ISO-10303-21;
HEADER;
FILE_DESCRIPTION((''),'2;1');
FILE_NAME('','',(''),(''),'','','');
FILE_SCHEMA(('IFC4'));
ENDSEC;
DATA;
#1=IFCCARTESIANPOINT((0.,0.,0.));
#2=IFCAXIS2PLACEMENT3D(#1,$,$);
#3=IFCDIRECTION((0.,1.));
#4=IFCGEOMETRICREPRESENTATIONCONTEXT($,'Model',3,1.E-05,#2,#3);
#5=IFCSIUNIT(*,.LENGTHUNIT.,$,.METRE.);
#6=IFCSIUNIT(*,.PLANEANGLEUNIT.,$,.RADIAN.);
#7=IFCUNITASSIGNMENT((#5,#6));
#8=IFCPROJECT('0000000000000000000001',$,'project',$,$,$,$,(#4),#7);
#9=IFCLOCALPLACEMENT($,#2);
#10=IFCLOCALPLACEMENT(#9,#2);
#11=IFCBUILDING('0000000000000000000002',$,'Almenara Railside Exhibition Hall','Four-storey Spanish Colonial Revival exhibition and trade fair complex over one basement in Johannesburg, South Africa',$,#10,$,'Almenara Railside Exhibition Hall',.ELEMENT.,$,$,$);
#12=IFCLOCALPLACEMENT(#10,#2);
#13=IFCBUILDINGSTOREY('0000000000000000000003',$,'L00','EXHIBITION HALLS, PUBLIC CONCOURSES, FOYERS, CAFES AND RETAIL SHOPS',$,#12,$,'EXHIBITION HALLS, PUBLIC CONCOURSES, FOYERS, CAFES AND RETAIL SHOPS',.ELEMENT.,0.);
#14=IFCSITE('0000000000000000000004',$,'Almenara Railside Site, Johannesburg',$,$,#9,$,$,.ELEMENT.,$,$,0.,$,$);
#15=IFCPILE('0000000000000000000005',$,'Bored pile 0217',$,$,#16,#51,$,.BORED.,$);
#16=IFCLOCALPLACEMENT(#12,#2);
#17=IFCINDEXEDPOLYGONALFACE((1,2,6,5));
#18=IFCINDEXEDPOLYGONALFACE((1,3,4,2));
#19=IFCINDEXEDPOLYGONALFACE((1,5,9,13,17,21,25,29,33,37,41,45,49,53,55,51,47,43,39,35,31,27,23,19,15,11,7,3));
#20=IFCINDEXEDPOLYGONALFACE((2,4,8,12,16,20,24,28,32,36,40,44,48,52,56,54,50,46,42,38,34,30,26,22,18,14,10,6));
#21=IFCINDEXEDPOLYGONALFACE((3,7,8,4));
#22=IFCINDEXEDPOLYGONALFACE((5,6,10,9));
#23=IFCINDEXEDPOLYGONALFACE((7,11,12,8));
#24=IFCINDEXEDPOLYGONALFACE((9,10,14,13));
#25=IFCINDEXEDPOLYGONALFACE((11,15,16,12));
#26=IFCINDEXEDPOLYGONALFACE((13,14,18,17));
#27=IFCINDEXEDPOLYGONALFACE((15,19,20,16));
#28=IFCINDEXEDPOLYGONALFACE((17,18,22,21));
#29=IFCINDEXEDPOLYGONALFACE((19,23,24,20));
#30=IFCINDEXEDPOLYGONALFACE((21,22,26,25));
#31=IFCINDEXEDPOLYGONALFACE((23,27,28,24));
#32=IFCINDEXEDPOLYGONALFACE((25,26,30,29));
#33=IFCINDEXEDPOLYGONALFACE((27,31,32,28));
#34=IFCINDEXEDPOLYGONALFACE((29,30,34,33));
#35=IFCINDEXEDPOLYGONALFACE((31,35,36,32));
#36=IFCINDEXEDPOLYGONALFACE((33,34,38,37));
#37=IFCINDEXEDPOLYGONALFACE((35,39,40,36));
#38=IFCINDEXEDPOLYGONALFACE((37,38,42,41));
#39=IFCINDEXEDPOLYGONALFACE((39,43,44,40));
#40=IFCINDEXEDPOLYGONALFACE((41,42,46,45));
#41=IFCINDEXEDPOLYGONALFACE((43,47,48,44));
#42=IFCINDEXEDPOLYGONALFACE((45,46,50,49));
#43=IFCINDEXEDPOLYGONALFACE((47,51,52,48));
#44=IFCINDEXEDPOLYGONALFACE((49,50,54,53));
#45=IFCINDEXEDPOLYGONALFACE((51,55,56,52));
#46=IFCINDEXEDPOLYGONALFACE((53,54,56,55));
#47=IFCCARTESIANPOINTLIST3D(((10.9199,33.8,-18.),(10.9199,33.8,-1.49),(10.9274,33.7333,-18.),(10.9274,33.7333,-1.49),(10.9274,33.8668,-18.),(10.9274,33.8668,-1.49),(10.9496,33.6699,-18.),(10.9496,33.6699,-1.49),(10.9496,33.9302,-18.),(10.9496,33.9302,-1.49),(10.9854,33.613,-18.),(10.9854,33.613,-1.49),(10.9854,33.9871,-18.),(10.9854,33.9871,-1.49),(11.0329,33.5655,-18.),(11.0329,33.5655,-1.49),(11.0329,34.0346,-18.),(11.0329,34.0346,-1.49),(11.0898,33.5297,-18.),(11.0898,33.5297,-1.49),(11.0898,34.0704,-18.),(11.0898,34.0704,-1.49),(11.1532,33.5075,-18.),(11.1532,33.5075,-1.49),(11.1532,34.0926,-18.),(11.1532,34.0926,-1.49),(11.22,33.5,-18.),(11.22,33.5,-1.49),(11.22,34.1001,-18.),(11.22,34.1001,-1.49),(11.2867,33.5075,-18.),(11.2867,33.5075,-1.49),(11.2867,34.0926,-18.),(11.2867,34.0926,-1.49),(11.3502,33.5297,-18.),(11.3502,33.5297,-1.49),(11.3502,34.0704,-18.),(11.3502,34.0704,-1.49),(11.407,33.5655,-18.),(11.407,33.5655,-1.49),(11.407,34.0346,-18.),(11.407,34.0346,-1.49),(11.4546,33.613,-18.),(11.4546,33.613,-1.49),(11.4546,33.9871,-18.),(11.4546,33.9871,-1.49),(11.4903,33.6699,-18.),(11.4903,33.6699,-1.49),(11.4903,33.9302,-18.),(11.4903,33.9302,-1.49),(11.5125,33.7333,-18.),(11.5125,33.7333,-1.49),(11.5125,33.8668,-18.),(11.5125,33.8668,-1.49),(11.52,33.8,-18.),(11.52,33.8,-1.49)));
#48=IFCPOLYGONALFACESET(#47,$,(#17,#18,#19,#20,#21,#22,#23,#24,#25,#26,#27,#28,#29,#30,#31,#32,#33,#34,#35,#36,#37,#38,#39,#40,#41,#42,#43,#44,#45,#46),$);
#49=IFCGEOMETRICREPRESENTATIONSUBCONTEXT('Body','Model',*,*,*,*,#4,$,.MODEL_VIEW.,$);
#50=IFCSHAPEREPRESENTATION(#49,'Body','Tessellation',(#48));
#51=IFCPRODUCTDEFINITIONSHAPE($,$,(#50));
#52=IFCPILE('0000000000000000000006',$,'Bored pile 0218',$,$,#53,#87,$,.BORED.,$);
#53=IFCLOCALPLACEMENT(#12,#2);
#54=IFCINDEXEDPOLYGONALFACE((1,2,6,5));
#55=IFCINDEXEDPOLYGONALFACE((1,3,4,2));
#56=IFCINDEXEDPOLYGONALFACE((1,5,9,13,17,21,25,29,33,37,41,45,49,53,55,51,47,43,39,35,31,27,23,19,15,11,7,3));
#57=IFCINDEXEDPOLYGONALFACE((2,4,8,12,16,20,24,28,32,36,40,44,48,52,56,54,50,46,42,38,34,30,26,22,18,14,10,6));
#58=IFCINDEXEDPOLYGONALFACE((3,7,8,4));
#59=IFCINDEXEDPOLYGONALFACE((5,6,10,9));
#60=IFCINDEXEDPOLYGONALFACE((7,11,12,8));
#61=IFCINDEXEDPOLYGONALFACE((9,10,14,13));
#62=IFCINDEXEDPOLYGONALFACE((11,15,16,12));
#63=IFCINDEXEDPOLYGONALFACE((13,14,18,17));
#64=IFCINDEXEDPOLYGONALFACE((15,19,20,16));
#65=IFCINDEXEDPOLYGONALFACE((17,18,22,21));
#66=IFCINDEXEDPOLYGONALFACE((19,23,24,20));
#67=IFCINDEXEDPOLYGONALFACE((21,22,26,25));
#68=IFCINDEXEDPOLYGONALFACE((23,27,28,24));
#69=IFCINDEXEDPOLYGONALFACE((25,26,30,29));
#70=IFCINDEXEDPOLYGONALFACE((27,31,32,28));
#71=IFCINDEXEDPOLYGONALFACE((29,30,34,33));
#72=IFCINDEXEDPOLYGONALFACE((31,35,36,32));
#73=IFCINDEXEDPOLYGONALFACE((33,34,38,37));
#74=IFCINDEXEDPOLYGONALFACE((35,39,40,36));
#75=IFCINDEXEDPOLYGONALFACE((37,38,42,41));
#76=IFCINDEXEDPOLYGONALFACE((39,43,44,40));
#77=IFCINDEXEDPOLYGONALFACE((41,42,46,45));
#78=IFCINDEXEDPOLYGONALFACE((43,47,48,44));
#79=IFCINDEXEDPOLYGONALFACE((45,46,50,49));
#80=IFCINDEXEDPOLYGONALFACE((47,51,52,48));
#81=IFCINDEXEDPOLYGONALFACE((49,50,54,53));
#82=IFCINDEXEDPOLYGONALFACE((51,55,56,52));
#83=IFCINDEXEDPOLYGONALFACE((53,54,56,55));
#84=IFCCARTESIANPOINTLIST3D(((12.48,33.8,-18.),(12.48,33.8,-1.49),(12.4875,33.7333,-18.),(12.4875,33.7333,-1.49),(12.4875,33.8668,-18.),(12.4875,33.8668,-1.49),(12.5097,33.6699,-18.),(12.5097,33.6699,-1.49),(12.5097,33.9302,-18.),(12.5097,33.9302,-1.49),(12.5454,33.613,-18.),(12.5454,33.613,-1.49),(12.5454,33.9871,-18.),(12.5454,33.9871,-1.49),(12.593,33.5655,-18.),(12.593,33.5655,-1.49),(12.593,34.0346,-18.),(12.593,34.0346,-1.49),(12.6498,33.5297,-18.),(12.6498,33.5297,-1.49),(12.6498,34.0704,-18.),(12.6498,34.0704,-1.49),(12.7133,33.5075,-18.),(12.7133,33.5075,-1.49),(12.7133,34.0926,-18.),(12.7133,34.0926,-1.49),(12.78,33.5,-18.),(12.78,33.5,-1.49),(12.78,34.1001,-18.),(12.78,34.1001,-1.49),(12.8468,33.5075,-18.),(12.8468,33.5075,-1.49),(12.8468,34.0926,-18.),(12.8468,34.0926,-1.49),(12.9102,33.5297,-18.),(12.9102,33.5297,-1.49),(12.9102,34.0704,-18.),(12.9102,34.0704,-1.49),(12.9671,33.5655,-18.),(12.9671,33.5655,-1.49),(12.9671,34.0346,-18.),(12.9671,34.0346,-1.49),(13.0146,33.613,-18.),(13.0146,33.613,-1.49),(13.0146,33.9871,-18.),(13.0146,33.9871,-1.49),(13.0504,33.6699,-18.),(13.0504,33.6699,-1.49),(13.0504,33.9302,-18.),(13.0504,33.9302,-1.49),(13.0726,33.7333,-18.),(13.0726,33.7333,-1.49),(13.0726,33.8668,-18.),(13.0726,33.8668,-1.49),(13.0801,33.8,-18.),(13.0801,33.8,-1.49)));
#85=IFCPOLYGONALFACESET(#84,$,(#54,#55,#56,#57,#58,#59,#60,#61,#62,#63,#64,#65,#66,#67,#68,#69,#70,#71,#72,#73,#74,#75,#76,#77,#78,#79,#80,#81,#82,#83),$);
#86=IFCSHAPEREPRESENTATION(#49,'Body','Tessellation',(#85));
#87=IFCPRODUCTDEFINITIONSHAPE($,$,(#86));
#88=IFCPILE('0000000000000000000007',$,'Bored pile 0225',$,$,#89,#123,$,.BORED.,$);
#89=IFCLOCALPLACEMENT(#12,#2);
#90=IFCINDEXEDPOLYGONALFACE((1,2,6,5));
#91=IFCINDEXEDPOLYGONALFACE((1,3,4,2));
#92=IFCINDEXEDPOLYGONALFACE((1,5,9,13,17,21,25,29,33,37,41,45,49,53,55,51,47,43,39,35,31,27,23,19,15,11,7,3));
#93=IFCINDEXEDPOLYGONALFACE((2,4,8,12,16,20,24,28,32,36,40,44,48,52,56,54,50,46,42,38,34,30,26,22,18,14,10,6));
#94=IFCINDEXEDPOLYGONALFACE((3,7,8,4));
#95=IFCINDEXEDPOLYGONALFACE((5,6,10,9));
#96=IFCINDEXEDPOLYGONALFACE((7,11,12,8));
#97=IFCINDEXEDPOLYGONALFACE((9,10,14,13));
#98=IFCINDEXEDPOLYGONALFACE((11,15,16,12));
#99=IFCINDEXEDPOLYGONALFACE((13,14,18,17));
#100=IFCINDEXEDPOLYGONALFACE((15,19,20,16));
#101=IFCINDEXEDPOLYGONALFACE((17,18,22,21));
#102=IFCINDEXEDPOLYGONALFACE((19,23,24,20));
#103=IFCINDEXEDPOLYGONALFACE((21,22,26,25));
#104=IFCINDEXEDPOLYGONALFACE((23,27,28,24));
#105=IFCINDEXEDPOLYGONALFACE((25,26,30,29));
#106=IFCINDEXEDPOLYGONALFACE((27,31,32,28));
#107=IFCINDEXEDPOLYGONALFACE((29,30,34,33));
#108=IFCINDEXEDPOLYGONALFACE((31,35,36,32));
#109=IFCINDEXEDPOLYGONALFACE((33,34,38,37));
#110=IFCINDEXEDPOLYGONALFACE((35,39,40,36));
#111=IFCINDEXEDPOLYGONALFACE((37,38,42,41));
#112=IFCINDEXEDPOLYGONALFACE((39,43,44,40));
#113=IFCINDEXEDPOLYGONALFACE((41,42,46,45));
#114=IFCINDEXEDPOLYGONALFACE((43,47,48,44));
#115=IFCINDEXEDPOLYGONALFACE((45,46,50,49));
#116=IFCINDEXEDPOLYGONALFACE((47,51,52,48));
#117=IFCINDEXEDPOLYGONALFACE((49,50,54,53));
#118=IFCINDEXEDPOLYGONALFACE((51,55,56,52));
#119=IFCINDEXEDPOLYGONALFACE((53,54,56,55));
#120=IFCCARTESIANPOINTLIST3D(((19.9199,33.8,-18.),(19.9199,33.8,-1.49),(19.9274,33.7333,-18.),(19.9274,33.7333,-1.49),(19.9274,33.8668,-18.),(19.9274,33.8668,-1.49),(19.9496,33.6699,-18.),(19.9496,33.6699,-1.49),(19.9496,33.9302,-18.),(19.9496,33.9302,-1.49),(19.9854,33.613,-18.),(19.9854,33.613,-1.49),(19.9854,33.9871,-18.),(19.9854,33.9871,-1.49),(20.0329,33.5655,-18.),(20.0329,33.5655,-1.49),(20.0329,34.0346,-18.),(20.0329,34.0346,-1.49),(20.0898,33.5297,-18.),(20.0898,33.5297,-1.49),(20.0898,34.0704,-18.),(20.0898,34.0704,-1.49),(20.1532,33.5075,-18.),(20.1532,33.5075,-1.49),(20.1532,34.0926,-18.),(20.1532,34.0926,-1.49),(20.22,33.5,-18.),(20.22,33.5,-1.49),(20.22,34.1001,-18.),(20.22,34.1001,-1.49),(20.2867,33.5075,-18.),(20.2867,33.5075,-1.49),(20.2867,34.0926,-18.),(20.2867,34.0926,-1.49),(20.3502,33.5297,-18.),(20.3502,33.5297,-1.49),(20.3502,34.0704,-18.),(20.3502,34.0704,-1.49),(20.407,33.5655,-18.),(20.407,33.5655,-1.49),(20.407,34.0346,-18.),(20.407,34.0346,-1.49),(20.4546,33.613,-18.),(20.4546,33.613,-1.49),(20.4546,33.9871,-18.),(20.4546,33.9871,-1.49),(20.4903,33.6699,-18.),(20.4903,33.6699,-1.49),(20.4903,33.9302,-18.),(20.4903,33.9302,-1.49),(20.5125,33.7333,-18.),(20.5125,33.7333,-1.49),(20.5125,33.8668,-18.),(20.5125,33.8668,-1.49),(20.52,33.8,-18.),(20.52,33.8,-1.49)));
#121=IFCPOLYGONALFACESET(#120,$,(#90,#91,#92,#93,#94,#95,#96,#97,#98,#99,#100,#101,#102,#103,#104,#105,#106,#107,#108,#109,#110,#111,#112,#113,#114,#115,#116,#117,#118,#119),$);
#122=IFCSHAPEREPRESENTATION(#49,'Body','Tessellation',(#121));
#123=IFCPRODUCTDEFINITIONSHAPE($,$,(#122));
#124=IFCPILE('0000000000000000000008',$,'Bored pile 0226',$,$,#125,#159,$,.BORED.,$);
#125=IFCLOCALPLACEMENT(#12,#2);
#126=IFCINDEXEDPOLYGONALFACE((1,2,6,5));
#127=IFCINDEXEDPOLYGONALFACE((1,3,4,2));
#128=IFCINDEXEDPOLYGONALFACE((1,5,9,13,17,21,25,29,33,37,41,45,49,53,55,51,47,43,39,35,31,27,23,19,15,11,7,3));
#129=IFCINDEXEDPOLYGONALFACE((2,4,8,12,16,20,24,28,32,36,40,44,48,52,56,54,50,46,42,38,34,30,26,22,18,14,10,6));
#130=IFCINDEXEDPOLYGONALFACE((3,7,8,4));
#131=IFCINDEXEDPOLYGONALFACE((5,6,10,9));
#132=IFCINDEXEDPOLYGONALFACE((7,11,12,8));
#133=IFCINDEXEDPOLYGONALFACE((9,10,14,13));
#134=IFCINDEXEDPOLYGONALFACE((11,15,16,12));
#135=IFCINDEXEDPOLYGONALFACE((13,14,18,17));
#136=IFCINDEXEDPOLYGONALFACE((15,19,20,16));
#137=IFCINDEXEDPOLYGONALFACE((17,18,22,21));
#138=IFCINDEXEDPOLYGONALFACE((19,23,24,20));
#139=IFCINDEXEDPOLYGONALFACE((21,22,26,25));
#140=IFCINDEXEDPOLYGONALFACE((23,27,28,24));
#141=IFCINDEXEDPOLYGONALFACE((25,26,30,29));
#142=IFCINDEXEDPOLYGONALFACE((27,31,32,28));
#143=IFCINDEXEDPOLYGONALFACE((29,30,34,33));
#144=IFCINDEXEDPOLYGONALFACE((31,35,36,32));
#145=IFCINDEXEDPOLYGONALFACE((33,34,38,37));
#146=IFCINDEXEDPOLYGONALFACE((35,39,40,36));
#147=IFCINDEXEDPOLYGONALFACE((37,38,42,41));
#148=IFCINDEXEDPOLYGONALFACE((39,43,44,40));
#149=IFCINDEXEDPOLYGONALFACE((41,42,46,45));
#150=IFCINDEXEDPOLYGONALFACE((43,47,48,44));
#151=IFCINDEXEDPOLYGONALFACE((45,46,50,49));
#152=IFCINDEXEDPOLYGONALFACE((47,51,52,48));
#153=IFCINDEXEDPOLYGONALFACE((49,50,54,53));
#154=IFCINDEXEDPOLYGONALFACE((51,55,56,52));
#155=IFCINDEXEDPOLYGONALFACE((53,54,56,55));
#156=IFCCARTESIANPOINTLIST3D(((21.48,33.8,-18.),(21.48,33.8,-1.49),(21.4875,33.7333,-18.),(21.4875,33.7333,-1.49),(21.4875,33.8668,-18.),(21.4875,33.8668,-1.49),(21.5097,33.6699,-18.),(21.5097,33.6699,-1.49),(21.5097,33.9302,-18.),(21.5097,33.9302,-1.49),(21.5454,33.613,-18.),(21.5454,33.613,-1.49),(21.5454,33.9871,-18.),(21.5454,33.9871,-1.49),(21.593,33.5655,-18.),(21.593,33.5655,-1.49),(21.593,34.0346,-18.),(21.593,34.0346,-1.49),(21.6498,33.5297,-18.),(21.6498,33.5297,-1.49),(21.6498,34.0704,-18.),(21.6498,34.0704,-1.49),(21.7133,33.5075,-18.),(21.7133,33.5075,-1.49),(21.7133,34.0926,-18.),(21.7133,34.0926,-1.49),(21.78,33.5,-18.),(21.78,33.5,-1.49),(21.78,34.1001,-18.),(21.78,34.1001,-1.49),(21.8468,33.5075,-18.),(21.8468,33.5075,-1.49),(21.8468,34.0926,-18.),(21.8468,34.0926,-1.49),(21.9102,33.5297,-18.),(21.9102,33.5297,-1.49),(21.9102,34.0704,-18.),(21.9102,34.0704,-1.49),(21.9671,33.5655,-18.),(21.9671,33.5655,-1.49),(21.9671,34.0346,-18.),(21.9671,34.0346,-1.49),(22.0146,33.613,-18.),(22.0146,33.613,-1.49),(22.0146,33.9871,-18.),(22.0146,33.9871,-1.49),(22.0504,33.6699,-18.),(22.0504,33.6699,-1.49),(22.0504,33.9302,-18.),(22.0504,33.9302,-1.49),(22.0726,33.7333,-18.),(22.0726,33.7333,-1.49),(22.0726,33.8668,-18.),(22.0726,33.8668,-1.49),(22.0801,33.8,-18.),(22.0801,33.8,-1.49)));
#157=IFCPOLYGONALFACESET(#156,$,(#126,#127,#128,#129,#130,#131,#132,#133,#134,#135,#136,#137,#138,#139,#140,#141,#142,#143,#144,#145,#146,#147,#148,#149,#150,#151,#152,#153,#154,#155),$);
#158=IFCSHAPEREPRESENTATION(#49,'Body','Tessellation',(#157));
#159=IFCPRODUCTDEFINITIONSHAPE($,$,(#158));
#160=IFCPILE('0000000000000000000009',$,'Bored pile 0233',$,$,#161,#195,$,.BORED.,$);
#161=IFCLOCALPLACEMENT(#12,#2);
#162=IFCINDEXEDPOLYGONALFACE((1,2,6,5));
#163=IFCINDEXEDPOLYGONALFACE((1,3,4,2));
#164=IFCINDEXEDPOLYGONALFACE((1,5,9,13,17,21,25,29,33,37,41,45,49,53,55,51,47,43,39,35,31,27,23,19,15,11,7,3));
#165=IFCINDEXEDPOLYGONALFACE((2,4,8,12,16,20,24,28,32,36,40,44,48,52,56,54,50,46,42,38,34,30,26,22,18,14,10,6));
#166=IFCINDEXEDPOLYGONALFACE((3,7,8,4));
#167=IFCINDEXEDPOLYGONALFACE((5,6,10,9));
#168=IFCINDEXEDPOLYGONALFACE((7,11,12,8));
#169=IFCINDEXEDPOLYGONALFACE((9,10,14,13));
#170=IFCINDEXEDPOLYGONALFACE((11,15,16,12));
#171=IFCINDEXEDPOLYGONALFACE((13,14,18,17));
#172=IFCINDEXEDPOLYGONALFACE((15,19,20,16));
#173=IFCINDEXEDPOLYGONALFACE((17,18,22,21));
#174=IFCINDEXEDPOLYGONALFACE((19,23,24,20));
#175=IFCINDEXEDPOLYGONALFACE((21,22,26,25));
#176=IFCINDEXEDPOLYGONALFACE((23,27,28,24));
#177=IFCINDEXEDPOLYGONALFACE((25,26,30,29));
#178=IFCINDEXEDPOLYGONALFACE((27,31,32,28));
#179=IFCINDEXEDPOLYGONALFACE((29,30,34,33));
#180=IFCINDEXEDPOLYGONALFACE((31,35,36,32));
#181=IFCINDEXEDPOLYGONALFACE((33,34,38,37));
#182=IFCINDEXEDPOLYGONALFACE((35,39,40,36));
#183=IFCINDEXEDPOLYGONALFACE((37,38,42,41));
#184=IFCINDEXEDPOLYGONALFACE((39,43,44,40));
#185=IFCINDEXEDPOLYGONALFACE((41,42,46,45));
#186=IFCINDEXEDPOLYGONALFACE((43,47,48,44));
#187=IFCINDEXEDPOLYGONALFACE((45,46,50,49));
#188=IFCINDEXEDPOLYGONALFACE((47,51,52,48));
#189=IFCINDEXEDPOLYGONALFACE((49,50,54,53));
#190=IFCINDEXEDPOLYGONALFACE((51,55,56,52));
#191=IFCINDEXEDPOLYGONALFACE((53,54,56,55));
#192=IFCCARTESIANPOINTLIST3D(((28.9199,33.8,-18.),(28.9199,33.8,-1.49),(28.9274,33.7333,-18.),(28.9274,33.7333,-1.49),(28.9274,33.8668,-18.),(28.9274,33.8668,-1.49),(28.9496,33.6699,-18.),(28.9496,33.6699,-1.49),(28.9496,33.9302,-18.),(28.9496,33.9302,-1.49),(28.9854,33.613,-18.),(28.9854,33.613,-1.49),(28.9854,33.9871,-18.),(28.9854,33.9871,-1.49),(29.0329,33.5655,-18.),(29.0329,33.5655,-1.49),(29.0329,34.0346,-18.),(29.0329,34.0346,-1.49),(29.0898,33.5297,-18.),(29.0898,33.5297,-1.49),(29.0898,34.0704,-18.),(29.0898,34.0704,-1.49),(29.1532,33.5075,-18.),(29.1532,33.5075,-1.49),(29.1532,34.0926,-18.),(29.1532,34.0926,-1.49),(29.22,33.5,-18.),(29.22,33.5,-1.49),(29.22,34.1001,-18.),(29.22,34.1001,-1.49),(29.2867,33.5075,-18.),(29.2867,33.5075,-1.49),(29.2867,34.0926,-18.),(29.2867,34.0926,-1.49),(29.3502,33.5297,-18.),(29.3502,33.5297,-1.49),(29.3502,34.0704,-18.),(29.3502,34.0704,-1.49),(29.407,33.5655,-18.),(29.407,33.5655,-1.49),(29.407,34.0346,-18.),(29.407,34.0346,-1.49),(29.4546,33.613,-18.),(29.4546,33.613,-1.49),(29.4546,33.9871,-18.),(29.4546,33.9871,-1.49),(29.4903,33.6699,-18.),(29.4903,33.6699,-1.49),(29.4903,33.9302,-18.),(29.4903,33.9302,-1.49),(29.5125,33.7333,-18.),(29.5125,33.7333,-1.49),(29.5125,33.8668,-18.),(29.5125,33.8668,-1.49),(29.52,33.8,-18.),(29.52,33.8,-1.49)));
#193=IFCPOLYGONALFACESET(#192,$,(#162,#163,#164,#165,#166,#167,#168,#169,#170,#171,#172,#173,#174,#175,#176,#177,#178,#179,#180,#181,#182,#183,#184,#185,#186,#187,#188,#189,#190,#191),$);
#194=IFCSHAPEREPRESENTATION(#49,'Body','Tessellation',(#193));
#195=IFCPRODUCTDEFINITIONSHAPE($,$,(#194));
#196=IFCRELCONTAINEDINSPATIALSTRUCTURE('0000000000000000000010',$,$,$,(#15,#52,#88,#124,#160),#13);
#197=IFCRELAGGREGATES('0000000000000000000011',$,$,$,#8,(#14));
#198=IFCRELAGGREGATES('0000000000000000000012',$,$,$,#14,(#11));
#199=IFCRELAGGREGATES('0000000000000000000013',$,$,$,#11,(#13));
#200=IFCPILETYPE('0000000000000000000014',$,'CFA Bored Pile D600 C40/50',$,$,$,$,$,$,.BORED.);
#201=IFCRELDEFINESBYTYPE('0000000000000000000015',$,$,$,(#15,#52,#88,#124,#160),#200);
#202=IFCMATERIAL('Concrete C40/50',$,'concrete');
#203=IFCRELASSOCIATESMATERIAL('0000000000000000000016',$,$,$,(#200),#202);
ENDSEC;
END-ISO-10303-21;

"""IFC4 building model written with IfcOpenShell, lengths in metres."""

from ifc_helpers import new_model, si_unit, direction, frame, origin, origin_2d, place, context, subcontext, project, spatial, circle, extrude, material, material_profile, profile_set, type_object, element, save


model = new_model("IFC4")

# Units and contexts
model_context = context("Model", 3, precision=1e-05, world=origin(), true_north=direction((0.0, 1.0)))
body_context = subcontext(model_context, "Body", "Model", "MODEL_VIEW")
ifc_project = project(units=[si_unit("LENGTHUNIT", "METRE"), si_unit("PLANEANGLEUNIT", "RADIAN")], contexts=[model_context])

# Site, building, storey
site_placement = place(None, origin())
site = spatial("IfcSite", under=ifc_project, at=site_placement, Name="Almenara Railside Site, Johannesburg", CompositionType="ELEMENT", RefElevation=0.0)
building_placement = place(site_placement, origin())
building = spatial("IfcBuilding", under=site, at=building_placement, Name="Almenara Railside Exhibition Hall", Description="Four-storey Spanish Colonial Revival exhibition and trade fair complex over one basement in Johannesburg, South Africa", LongName="Almenara Railside Exhibition Hall", CompositionType="ELEMENT")
storey_placement = place(building_placement, origin())
storey = spatial("IfcBuildingStorey", under=building, at=storey_placement, Name="L00", Description="EXHIBITION HALLS, PUBLIC CONCOURSES, FOYERS, CAFES AND RETAIL SHOPS", LongName="EXHIBITION HALLS, PUBLIC CONCOURSES, FOYERS, CAFES AND RETAIL SHOPS", CompositionType="ELEMENT", Elevation=0.0)

# Piles
ifc_material_1 = material(Name="Concrete C40/50", Category="concrete")
ifc_material_profile_1 = material_profile(ifc_material_1, circle(Radius=0.3, at=origin_2d()), Name="CFA-PILE D600")
ifc_profile_set_1 = profile_set([ifc_material_profile_1], Name="Concrete C40/50")
pile_type_1 = type_object("IfcPileType", Name="CFA Bored Pile D600 C40/50", PredefinedType="BORED", material=ifc_profile_set_1)
for number, where, z_axis, x_axis, name in (
    (1, (11.22, 33.8, -1.49), (0.0, 0.0, -1.0), (1.0, 0.0, 0.0), "Bored pile 0217"),
    (2, (12.78, 33.8, -1.49), (0.0, 0.0, -1.0), (1.0, 0.0, 0.0), "Bored pile 0218"),
    (3, (20.22, 33.8, -1.49), (0.0, 0.0, -1.0), (1.0, 0.0, 0.0), "Bored pile 0225"),
    (4, (21.78, 33.8, -1.49), (0.0, 0.0, -1.0), (1.0, 0.0, 0.0), "Bored pile 0226"),
    (5, (29.22, 33.8, -1.49), (0.0, 0.0, -1.0), (1.0, 0.0, 0.0), "Bored pile 0233"),
):
    element("IfcPile", number, at=place(storey_placement, frame(where, z_axis=z_axis, x_axis=x_axis)), inside=storey, type_object=pile_type_1, Name=name, PredefinedType="BORED", context=body_context, shape_type="SweptSolid", body=[
        extrude(circle(Radius=0.3, at=origin_2d()), origin(), (0.0, 0.0, 1.0), 16.51),
    ])

save(model, "model.ifc")
